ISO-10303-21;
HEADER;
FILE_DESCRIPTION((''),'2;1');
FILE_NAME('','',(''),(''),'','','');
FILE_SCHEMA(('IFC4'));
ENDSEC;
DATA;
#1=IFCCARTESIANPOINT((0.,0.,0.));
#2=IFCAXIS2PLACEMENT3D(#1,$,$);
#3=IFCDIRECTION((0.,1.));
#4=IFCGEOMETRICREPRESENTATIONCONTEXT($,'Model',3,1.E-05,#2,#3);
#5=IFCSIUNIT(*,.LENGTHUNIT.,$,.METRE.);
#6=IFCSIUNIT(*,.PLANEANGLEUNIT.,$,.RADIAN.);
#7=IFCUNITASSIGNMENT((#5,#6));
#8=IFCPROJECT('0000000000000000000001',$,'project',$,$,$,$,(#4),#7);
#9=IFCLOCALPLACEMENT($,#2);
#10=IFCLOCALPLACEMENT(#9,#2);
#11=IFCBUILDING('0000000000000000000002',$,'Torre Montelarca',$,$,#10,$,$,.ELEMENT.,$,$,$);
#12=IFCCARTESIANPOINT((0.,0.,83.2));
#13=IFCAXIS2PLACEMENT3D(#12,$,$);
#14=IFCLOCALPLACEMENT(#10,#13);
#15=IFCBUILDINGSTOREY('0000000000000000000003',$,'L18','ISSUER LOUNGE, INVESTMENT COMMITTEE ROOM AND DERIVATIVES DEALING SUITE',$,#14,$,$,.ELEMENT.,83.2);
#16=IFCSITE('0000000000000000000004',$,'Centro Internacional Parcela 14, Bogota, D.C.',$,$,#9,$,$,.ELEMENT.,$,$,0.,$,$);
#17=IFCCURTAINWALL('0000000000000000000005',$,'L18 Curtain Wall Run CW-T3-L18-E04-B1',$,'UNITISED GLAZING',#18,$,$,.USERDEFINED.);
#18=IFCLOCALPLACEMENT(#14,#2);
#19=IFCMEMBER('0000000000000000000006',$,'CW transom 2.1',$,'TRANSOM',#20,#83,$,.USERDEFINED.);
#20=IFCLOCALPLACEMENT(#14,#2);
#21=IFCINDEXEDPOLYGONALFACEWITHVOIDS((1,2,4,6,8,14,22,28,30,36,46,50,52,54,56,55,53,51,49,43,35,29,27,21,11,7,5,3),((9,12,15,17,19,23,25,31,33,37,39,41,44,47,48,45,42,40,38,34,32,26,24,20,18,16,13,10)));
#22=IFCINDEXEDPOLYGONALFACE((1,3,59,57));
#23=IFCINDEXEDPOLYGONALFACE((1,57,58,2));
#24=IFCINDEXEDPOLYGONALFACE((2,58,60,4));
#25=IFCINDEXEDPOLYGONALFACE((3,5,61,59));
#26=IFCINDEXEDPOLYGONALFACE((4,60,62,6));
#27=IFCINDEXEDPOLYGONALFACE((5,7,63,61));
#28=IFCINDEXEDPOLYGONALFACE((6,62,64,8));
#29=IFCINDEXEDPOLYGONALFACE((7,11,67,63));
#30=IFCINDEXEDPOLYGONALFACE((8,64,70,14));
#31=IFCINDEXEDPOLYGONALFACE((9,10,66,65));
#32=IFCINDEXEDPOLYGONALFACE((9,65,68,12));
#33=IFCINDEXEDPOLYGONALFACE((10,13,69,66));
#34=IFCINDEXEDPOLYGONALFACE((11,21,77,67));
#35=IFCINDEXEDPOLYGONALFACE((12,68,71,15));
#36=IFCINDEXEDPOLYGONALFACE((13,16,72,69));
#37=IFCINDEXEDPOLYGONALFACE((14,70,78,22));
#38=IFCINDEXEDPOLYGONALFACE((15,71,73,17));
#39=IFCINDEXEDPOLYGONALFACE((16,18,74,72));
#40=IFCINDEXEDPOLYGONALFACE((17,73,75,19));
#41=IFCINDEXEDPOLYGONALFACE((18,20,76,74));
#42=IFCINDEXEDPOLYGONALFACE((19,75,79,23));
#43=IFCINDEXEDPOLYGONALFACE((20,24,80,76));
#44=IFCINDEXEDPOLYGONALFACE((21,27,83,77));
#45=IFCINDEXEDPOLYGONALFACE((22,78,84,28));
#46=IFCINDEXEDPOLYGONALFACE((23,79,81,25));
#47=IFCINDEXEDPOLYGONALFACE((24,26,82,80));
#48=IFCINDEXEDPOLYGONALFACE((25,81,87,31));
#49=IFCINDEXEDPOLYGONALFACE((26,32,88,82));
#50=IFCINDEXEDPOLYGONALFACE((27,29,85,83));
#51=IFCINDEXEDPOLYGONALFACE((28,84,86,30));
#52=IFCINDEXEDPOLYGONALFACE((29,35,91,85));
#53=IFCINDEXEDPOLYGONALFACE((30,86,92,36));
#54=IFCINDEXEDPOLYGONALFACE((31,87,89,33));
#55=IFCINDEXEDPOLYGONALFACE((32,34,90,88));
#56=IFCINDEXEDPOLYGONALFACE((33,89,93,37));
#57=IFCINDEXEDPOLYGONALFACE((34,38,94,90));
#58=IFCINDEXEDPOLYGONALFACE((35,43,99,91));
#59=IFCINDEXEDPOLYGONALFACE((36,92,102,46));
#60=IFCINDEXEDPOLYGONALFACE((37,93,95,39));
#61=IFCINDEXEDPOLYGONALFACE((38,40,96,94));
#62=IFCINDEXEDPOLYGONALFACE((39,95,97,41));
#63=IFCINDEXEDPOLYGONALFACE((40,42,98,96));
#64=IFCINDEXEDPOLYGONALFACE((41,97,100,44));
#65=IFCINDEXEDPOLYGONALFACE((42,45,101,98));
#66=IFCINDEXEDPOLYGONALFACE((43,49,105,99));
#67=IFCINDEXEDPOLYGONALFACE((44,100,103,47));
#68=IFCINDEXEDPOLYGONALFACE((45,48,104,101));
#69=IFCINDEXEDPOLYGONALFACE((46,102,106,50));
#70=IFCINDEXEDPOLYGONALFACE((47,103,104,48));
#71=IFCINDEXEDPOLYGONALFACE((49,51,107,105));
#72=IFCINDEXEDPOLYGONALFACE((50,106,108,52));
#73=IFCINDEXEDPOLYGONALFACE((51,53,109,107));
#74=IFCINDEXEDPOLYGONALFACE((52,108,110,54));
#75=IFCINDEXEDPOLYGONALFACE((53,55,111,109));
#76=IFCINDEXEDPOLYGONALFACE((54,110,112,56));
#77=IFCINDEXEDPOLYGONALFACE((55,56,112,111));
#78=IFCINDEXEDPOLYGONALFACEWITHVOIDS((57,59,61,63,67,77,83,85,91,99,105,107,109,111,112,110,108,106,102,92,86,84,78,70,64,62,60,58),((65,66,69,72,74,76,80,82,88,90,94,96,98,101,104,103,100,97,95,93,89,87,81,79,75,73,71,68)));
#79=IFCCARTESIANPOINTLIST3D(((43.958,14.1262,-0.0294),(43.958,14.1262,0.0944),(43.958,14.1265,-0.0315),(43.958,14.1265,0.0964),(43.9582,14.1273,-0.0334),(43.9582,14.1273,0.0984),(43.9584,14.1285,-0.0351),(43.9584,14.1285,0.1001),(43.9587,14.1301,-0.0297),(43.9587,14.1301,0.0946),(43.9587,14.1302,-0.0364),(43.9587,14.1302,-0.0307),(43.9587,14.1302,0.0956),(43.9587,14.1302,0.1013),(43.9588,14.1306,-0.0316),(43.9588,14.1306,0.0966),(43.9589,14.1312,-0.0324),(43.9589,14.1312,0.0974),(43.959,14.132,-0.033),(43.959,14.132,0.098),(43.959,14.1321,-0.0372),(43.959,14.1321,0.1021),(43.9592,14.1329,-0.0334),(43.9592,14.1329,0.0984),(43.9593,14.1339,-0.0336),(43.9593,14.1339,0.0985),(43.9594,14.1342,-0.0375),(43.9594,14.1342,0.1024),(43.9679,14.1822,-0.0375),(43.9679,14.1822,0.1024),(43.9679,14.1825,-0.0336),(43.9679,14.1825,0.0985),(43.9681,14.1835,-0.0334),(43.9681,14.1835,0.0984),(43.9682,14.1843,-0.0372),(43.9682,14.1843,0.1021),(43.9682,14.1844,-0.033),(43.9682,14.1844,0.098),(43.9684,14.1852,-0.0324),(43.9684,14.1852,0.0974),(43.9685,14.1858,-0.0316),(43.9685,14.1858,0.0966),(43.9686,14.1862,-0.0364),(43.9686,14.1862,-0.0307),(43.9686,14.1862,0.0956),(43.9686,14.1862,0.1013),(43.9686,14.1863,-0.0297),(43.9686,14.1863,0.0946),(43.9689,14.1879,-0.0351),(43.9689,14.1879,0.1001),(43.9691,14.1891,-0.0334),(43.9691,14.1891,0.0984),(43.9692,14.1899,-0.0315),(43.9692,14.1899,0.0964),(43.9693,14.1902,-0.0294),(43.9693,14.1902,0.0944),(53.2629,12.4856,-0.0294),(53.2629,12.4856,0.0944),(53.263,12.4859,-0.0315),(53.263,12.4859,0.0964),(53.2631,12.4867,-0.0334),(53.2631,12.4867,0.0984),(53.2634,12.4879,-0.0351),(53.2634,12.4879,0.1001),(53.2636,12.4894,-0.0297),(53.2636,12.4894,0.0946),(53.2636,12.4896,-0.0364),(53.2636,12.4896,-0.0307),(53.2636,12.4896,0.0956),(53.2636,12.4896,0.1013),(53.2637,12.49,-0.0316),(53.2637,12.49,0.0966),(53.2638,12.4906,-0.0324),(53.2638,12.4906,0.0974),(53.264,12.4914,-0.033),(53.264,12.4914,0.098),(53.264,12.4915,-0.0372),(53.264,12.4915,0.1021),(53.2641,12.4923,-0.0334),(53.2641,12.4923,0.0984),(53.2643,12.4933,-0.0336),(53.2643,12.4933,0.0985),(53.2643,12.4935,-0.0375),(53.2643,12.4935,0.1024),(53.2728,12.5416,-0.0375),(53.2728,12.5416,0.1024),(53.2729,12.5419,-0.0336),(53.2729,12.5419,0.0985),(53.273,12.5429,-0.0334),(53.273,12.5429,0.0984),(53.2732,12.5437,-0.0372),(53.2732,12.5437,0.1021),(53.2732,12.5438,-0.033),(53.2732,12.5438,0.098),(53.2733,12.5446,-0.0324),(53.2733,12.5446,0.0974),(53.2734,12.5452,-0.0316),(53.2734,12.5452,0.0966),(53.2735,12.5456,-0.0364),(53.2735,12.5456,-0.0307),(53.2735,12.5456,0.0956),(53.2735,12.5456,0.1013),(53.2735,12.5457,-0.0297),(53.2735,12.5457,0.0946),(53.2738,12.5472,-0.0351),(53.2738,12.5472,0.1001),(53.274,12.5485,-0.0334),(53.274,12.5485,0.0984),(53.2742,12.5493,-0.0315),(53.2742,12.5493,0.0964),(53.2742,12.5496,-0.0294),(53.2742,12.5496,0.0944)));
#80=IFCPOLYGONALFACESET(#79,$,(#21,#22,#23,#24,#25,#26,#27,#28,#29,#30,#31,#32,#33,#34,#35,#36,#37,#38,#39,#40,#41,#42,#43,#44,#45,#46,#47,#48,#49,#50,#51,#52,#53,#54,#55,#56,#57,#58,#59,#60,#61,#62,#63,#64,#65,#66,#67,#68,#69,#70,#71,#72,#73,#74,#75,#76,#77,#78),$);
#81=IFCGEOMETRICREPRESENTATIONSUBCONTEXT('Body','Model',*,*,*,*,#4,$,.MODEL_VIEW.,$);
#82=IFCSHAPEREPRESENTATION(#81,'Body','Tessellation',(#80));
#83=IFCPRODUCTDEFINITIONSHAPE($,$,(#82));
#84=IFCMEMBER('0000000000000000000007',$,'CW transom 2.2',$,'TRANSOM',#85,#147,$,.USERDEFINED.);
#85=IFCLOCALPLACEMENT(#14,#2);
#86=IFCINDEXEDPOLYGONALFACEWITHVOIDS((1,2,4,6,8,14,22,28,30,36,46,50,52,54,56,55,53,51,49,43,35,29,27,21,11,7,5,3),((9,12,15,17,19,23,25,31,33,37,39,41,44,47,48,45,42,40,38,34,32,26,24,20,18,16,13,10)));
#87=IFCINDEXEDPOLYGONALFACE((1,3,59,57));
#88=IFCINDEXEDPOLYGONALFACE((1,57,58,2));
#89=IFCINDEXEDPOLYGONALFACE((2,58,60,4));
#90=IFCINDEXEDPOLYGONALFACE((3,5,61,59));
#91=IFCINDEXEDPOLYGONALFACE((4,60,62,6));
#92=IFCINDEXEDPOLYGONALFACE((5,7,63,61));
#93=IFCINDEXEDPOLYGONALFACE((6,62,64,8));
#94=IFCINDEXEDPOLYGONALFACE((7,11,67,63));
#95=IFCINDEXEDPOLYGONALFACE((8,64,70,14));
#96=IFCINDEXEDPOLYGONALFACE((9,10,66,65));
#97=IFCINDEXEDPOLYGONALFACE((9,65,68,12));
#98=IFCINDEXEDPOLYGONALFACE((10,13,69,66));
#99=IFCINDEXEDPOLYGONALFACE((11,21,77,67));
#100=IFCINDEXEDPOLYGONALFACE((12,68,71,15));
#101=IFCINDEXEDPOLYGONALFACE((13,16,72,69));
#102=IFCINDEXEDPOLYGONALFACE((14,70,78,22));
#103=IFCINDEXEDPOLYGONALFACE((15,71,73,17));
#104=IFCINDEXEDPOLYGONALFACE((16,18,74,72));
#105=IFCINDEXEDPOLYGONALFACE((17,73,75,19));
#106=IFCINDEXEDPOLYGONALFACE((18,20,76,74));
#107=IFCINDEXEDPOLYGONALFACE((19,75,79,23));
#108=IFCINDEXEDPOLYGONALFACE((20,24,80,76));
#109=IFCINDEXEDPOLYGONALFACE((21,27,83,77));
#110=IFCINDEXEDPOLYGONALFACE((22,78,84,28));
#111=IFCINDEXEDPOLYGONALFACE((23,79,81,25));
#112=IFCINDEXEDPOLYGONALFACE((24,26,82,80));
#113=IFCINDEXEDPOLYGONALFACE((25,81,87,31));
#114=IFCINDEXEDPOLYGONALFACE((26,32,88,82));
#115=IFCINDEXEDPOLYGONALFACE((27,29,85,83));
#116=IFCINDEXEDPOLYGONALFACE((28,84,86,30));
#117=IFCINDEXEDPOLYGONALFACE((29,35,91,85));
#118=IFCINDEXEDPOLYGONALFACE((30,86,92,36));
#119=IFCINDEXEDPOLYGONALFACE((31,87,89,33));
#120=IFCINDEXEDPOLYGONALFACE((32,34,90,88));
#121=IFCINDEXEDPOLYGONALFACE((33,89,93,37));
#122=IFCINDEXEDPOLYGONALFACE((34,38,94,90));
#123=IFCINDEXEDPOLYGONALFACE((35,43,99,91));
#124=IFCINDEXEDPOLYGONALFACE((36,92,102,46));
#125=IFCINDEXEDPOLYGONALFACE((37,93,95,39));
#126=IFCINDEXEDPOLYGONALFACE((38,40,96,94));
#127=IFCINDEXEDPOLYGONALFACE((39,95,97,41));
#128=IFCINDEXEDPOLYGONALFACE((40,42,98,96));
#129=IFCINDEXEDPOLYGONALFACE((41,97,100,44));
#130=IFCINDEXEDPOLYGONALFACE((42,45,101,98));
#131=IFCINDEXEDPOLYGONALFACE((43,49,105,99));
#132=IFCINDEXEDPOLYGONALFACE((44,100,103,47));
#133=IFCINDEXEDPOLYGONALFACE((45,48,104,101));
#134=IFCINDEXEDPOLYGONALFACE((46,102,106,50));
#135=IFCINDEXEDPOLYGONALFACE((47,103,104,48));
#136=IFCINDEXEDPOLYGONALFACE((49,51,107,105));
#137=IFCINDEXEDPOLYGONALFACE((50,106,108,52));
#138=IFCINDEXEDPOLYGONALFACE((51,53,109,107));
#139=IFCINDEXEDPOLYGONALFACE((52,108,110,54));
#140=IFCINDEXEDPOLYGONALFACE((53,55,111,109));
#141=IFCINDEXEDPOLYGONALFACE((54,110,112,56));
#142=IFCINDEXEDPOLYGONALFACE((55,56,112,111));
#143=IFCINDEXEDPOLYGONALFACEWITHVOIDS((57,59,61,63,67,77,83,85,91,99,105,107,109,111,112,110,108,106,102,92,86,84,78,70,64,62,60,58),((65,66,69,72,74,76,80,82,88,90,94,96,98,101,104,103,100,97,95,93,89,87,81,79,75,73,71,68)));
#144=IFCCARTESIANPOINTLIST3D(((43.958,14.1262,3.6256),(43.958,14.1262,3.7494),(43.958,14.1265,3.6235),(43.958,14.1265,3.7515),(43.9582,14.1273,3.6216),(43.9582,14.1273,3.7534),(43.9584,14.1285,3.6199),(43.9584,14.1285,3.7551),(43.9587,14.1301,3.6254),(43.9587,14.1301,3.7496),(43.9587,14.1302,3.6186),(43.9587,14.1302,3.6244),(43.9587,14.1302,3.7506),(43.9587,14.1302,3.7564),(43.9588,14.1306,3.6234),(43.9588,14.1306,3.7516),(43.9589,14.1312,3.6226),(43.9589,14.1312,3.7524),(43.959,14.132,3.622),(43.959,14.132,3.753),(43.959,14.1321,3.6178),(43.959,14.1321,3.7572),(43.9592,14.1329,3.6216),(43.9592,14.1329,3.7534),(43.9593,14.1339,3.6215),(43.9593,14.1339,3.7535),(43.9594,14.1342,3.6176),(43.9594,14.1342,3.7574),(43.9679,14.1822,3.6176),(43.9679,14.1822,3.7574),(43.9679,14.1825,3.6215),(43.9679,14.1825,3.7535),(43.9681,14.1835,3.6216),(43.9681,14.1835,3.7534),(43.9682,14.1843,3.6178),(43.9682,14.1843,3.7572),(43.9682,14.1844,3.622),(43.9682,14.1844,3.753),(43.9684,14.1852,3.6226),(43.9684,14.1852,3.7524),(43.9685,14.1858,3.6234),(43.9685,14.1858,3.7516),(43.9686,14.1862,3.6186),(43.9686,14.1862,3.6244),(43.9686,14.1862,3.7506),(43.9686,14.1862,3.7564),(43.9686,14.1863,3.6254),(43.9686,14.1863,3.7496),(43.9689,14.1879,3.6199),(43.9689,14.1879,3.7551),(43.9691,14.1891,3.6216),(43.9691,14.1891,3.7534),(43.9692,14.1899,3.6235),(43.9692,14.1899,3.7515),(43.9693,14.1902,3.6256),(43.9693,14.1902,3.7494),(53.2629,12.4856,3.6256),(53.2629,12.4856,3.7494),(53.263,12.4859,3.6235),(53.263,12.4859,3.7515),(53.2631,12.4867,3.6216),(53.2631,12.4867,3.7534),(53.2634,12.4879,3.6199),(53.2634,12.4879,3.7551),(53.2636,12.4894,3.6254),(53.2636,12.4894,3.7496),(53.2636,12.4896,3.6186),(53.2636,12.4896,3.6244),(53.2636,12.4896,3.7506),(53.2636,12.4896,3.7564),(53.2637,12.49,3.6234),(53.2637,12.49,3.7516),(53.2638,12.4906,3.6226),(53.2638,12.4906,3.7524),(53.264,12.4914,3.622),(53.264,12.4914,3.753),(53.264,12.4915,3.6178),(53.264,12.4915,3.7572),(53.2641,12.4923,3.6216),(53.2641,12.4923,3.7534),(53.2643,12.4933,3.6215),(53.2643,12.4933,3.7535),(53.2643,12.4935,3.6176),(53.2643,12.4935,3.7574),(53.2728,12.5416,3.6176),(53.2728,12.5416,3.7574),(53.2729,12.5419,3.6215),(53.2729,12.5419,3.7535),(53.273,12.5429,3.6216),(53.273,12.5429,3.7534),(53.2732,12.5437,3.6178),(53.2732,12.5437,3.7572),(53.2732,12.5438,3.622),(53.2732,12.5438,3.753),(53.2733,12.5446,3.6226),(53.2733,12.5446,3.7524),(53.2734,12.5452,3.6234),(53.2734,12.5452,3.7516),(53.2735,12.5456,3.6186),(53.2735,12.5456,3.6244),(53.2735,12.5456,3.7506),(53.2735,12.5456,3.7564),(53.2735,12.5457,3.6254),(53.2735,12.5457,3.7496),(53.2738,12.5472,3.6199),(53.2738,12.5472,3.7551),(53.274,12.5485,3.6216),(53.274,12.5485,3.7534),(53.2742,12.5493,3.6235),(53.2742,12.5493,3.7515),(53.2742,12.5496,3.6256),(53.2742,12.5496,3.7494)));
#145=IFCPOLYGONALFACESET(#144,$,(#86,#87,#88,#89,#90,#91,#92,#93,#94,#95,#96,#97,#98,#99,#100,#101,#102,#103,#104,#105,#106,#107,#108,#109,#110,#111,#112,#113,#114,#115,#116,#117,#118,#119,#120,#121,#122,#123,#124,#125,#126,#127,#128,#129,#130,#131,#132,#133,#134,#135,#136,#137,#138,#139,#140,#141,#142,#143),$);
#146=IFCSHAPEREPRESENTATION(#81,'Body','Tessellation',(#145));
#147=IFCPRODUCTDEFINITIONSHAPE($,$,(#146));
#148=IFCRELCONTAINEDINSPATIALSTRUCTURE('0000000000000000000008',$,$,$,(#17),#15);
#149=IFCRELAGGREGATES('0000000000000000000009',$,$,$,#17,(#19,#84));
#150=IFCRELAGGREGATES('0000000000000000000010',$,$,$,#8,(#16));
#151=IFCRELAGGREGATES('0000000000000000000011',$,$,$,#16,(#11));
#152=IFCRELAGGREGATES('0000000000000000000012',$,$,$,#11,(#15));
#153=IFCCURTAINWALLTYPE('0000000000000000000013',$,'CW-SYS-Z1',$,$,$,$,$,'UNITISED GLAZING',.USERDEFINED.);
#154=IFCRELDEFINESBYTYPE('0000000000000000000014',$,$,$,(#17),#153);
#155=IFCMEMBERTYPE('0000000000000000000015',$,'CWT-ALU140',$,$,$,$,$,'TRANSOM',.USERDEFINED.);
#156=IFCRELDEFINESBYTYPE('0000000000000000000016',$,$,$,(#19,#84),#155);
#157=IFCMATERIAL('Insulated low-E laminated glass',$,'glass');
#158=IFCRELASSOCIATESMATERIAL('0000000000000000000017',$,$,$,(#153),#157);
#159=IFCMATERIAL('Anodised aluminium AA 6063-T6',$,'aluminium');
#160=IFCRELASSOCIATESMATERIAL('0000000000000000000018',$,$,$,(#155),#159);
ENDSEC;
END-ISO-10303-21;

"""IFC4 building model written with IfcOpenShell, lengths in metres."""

from ifc_helpers import new_model, si_unit, direction, frame, origin, origin_2d, place, context, subcontext, project, spatial, hollow_rectangle, extrude, source, transform, mapped, material, material_profile, profile_set, type_object, element, aggregate, save


model = new_model("IFC4")

# Units and contexts
model_context = context("Model", 3, precision=1e-05, world=origin(), true_north=direction((0.0, 1.0)))
body_context = subcontext(model_context, "Body", "Model", "MODEL_VIEW")
ifc_project = project(units=[si_unit("LENGTHUNIT", "METRE"), si_unit("PLANEANGLEUNIT", "RADIAN")], contexts=[model_context])

# Site, building, storey
site_placement = place(None, origin())
site = spatial("IfcSite", under=ifc_project, at=site_placement, Name="Centro Internacional Parcela 14, Bogota, D.C.", CompositionType="ELEMENT", RefElevation=0.0)
building_placement = place(site_placement, origin())
building = spatial("IfcBuilding", under=site, at=building_placement, Name="Torre Montelarca", CompositionType="ELEMENT")
storey_placement = place(building_placement, frame((0.0, 0.0, 83.2)))
storey = spatial("IfcBuildingStorey", under=building, at=storey_placement, Name="L18", Description="ISSUER LOUNGE, INVESTMENT COMMITTEE ROOM AND DERIVATIVES DEALING SUITE", CompositionType="ELEMENT", Elevation=83.2)

# Curtain wall, members
ifc_material_1 = material(Name="Insulated low-E laminated glass", Category="glass")
curtain_wall_type = type_object("IfcCurtainWallType", Name="CW-SYS-Z1", ElementType="UNITISED GLAZING", PredefinedType="USERDEFINED", material=ifc_material_1)
ifc_material_2 = material(Name="Anodised aluminium AA 6063-T6", Category="aluminium")
ifc_material_profile_1 = material_profile(ifc_material_2, hollow_rectangle(XDim=0.0649, YDim=0.1399, WallThickness=0.0039, InnerFilletRadius=0.0039, OuterFilletRadius=0.0081, at=origin_2d()), Name="ALU65X140X4", Category="aluminium")
ifc_profile_set_1 = profile_set([ifc_material_profile_1], Name="Anodised aluminium AA 6063-T6")
member_type_1 = type_object("IfcMemberType", Name="CWT-ALU140", ElementType="TRANSOM", PredefinedType="USERDEFINED", material=ifc_profile_set_1)
curtain_wall_1_placement = place(storey_placement, origin())
curtain_wall_1 = element("IfcCurtainWall", 1, at=curtain_wall_1_placement, inside=storey, type_object=curtain_wall_type, Name="L18 Curtain Wall Run CW-T3-L18-E04-B1", ObjectType="UNITISED GLAZING", PredefinedType="USERDEFINED")
shared_shape_1 = source(origin(), body_context, "Body", "SweptSolid", [
    extrude(hollow_rectangle(XDim=0.0649, YDim=0.1399, WallThickness=0.0039, InnerFilletRadius=0.0039, OuterFilletRadius=0.0081, at=origin_2d()), origin(), (0.0, 0.0, 1.0), 9.4485),
])
member_1_placement = place(storey_placement, frame((43.9636, 14.1582, 0.0325), z_axis=(0.984809, -0.173639, 0.0), x_axis=(0.173639, 0.984809, 0.0)))
member_1 = element("IfcMember", 2, at=member_1_placement, type_object=member_type_1, Name="CW transom 2.1", ObjectType="TRANSOM", PredefinedType="USERDEFINED", context=body_context, shape_type="MappedRepresentation", body=[
    mapped(shared_shape_1, transform((0.0, 0.0, 0.0), scale=1.0)),
])
member_2_placement = place(storey_placement, frame((43.9636, 14.1582, 3.6875), z_axis=(0.984809, -0.173639, 0.0), x_axis=(0.173639, 0.984809, 0.0)))
member_2 = element("IfcMember", 3, at=member_2_placement, type_object=member_type_1, Name="CW transom 2.2", ObjectType="TRANSOM", PredefinedType="USERDEFINED", context=body_context, shape_type="MappedRepresentation", body=[
    mapped(shared_shape_1, transform((0.0, 0.0, 0.0), scale=1.0)),
])

aggregate(curtain_wall_1, [member_1, member_2])

save(model, "model.ifc")
